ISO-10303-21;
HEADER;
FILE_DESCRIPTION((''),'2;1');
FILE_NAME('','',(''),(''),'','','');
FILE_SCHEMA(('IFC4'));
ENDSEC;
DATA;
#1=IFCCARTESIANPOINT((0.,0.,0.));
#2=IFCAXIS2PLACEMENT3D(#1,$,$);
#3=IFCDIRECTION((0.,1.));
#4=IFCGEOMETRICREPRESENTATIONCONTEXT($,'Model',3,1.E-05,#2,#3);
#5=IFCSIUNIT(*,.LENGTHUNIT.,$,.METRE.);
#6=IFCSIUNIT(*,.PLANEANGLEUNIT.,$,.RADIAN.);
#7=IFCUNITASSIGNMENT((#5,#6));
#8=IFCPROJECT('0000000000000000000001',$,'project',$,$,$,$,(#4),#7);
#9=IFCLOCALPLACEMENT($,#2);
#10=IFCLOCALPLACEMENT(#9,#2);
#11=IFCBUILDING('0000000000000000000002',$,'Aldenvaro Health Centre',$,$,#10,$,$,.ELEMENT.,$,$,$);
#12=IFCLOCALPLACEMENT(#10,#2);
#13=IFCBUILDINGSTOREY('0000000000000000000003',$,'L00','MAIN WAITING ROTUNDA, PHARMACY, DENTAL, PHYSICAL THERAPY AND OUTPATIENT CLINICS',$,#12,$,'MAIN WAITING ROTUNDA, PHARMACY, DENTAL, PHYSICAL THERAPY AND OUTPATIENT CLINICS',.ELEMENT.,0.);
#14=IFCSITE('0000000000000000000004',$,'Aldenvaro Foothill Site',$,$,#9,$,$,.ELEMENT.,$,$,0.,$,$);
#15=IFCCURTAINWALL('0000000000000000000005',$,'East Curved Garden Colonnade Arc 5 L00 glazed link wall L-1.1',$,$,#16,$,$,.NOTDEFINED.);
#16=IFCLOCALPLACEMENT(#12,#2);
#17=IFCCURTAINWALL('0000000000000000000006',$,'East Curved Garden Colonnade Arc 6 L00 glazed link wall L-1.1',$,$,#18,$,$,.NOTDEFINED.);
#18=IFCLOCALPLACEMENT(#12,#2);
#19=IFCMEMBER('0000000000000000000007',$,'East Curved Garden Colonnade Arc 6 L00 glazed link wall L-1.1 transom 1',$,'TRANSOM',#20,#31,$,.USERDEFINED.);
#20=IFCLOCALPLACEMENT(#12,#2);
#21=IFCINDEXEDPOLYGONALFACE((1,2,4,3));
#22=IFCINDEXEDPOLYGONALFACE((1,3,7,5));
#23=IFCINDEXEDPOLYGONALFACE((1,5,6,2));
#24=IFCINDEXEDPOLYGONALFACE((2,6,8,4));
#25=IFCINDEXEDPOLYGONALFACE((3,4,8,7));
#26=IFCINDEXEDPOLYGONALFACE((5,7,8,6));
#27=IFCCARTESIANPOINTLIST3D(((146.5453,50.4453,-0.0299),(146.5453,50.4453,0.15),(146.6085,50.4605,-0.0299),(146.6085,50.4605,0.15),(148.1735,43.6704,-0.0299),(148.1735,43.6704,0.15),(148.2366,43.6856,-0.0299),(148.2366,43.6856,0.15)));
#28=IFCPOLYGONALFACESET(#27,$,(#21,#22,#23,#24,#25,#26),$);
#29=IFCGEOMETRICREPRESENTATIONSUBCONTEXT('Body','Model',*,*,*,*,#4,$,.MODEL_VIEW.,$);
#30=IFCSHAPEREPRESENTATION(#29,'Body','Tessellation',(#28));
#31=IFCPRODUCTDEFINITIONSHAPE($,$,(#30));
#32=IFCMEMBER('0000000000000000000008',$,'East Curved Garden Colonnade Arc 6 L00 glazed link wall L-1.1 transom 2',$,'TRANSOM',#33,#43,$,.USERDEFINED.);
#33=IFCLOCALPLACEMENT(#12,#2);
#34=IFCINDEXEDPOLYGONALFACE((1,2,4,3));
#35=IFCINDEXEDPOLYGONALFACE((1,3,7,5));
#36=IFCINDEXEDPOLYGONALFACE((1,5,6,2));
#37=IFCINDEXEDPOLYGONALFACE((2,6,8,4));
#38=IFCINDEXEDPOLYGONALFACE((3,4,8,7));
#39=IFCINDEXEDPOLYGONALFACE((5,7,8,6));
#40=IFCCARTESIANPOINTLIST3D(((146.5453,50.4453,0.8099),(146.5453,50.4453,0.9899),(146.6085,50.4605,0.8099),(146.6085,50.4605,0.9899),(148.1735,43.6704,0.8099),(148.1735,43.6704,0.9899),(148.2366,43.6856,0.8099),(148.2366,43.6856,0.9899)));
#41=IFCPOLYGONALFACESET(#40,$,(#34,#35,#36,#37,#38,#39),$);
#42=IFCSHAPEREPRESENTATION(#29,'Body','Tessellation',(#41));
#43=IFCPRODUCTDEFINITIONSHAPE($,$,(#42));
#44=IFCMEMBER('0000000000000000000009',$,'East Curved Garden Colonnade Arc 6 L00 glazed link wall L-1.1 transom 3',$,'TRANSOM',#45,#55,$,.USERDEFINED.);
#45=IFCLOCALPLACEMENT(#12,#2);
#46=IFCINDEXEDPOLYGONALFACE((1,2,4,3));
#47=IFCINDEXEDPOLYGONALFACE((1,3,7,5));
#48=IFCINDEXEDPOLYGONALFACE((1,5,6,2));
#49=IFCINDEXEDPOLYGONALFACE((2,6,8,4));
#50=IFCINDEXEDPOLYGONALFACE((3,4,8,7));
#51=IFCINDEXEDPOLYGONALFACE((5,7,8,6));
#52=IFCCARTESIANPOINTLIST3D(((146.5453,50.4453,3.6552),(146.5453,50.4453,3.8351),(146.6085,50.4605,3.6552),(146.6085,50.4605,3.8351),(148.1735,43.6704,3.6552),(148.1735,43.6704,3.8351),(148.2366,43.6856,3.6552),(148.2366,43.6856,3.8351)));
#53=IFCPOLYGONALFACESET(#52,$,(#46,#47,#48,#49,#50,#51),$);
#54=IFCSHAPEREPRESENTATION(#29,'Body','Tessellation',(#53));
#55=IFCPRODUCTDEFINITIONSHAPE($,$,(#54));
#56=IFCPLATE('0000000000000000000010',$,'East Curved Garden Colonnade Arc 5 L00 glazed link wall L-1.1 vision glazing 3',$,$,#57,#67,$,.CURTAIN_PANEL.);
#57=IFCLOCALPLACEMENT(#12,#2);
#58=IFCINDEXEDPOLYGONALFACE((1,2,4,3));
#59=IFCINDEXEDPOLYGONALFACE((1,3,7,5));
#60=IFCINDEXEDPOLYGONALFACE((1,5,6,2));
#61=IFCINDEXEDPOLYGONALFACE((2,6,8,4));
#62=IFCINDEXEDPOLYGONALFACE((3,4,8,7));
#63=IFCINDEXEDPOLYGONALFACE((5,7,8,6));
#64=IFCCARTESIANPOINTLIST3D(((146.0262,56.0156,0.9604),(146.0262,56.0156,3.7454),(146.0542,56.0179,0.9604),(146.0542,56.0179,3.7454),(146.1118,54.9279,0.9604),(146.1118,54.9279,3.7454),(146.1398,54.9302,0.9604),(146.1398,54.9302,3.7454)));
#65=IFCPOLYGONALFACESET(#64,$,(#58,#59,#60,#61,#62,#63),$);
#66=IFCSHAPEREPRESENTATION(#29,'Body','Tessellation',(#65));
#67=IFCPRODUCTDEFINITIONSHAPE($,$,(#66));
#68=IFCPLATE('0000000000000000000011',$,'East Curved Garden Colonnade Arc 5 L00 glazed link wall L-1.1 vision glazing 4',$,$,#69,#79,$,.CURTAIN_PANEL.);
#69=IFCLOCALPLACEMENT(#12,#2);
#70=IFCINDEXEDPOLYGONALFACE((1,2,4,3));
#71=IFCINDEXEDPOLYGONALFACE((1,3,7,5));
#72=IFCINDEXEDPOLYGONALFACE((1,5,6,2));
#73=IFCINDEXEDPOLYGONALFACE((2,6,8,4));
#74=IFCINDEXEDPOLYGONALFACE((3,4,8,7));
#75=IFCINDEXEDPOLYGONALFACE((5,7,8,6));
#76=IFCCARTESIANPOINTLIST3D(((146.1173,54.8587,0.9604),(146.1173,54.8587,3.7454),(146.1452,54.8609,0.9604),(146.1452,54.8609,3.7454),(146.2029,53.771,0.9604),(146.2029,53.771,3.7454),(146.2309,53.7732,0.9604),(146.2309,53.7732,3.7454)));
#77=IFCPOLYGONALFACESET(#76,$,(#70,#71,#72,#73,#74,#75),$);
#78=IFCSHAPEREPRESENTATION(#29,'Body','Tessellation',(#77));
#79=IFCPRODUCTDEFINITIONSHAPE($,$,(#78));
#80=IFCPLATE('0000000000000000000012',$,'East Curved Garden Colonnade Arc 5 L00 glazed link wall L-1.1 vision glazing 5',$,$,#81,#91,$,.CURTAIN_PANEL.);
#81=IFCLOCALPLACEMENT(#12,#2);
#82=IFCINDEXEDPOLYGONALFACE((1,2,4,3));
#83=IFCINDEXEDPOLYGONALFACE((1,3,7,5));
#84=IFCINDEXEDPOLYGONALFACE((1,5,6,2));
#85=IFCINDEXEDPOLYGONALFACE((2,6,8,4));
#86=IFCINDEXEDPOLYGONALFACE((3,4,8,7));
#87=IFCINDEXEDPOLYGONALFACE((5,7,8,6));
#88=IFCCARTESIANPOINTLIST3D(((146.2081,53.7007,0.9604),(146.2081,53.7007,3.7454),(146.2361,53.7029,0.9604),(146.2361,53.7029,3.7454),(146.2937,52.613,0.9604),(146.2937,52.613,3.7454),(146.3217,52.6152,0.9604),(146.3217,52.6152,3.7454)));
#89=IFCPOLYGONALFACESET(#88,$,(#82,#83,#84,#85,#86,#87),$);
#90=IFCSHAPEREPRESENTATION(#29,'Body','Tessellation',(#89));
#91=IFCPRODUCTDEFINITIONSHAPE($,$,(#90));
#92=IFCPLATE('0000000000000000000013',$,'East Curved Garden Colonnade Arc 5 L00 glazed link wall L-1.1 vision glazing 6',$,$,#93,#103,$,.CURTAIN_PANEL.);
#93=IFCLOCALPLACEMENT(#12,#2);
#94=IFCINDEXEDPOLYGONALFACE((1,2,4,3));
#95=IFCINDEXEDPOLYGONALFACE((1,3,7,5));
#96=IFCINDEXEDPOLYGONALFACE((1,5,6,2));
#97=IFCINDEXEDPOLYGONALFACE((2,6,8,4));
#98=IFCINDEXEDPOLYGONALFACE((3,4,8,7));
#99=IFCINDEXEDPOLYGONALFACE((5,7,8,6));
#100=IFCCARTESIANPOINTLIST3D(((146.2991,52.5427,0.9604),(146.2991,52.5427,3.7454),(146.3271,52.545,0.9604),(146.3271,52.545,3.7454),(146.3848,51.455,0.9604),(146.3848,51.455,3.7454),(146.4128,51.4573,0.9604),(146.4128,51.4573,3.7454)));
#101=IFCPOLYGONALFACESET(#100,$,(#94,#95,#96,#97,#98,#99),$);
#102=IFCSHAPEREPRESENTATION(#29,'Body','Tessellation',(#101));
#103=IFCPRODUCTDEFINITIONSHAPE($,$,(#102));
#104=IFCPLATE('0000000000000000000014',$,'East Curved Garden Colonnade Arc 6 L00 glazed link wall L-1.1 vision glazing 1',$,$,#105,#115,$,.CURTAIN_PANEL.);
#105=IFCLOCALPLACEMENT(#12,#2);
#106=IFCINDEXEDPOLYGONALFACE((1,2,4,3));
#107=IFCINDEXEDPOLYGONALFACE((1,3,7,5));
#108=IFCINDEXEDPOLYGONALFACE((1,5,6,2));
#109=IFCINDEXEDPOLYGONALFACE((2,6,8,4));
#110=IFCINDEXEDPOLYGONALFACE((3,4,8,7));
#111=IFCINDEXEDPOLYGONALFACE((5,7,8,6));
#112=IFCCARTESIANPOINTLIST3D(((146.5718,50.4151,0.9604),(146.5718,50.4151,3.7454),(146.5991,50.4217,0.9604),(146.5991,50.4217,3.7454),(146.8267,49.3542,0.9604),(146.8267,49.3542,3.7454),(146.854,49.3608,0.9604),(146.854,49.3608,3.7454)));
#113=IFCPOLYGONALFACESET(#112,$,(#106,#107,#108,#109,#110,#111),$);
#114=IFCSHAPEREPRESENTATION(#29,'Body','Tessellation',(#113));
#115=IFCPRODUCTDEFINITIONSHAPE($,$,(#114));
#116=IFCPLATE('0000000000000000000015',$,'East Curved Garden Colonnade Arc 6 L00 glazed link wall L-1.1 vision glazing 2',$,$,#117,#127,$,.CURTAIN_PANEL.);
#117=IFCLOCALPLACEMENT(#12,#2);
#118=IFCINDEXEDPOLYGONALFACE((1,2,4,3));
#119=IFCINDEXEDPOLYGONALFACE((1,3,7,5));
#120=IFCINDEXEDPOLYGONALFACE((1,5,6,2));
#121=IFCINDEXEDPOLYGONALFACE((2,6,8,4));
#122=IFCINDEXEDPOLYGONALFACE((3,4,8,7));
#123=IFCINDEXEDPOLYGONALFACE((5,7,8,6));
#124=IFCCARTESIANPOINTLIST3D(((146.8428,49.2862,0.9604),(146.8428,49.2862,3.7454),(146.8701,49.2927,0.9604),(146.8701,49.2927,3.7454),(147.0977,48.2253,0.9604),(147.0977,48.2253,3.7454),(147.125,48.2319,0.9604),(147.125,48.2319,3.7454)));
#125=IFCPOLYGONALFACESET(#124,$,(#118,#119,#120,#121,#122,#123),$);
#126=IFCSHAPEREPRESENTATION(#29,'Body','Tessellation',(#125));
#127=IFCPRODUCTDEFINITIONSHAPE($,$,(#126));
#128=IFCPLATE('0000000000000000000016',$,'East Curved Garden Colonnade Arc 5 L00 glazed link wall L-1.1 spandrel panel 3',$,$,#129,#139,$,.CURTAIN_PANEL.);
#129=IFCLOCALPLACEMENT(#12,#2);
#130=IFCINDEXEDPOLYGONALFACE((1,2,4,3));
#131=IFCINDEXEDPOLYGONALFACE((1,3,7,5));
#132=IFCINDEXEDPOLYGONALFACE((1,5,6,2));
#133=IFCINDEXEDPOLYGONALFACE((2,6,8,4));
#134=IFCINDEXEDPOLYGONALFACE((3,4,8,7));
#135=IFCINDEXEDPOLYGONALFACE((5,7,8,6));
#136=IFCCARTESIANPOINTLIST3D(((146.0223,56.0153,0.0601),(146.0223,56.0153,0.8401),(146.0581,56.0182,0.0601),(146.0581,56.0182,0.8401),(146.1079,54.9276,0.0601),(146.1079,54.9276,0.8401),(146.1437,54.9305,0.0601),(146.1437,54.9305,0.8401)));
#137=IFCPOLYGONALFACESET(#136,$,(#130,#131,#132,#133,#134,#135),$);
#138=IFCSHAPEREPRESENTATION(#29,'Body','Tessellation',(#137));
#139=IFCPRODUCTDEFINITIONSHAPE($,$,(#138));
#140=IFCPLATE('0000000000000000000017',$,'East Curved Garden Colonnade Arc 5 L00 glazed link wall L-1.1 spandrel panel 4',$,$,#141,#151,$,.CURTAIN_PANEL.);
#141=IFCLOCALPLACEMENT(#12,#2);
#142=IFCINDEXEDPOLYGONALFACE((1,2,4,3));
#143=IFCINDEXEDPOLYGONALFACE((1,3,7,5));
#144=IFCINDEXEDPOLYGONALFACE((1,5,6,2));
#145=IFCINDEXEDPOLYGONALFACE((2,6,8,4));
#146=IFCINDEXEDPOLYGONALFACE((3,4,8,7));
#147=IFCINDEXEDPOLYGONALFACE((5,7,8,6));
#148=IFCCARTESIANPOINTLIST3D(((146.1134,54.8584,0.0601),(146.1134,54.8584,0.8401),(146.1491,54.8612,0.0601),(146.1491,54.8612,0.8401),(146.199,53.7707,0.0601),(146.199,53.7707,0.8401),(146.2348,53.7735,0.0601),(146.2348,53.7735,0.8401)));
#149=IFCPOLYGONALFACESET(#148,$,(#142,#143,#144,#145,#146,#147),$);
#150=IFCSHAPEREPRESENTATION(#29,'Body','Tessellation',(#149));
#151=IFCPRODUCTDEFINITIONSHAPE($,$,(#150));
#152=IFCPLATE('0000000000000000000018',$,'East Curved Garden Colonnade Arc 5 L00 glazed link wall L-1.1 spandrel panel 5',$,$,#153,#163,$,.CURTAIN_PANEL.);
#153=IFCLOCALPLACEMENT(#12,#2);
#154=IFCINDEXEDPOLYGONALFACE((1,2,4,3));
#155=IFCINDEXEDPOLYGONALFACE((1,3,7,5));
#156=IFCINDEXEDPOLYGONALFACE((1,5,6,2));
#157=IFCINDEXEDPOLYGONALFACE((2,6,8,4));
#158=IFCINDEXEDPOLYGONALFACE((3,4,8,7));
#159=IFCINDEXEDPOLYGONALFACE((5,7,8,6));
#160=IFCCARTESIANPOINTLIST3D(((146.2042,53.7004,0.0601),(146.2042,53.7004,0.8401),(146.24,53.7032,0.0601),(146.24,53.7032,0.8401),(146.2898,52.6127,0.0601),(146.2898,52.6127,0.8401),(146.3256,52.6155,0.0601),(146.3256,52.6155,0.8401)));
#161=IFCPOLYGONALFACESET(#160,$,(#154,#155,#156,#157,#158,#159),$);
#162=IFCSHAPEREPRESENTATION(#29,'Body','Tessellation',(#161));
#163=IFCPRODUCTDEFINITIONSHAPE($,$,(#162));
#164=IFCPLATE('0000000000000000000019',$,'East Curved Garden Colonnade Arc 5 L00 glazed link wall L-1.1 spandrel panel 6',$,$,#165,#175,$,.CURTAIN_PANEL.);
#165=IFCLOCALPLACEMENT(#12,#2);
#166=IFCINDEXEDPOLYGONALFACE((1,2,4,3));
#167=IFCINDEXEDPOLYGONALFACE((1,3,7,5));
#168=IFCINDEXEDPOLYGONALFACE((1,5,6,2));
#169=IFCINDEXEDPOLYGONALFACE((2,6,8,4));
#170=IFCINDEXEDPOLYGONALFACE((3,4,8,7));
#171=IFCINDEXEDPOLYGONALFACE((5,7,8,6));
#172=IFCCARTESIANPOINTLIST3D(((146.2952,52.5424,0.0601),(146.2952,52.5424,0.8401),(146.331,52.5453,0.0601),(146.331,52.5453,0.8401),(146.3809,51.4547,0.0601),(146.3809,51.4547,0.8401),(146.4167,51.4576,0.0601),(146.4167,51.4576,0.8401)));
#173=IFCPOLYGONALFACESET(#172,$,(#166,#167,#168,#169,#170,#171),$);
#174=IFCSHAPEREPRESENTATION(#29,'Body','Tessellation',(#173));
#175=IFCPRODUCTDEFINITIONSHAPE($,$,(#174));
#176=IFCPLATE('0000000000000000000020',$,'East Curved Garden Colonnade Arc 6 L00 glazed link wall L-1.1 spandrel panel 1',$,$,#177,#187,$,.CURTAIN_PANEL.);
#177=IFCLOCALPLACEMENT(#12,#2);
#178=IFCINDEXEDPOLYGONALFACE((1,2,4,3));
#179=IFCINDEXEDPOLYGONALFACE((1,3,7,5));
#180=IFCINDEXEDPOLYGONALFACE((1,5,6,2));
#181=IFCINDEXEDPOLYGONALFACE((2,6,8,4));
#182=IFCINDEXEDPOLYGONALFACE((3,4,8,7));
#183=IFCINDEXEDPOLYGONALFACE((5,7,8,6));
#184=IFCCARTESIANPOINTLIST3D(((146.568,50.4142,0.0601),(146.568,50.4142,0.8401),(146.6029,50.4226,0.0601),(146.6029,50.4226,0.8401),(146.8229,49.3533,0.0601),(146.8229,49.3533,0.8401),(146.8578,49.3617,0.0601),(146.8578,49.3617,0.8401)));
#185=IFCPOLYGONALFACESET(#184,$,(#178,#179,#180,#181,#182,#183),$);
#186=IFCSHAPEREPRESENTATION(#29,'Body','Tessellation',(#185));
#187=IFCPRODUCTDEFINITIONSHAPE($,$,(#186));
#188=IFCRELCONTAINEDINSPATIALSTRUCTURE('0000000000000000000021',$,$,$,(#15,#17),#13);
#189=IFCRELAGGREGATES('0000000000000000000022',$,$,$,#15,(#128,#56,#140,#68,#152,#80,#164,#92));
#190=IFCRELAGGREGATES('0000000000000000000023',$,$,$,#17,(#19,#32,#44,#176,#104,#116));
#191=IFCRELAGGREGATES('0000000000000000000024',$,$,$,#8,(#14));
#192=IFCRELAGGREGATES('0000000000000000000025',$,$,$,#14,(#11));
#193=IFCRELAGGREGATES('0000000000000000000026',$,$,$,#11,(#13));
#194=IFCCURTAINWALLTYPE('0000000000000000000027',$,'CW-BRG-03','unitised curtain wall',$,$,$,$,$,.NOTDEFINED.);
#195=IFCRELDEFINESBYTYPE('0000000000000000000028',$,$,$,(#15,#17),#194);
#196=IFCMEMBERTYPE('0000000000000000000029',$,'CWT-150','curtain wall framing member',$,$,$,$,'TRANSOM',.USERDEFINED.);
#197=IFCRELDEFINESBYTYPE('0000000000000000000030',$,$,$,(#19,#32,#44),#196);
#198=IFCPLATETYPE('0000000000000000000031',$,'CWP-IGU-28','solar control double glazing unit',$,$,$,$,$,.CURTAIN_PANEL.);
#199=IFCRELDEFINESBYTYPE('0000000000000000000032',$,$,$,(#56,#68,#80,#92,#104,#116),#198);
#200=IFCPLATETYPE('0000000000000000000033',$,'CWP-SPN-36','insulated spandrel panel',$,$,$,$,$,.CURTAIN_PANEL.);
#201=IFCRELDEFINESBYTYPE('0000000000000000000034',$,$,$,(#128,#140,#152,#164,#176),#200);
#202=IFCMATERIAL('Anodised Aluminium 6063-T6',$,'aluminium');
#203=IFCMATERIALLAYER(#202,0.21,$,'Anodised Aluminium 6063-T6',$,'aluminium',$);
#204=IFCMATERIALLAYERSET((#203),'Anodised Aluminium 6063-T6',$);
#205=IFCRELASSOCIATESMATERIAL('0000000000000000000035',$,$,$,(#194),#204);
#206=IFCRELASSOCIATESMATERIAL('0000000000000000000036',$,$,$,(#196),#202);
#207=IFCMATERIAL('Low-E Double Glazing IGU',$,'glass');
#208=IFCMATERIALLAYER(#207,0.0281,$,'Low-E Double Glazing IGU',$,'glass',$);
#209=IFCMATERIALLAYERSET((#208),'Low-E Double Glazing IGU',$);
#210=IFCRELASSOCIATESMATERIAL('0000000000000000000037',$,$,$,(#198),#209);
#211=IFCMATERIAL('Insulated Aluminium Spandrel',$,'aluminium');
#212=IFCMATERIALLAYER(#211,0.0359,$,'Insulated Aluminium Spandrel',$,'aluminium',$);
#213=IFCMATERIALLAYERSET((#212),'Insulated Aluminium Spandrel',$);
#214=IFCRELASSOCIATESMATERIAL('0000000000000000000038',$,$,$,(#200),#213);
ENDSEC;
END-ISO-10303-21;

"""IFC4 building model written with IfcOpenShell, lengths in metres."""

from ifc_helpers import new_model, si_unit, direction, frame, origin, origin_2d, place, context, subcontext, project, spatial, rectangle, extrude, material, layer, layer_set, material_profile, profile_set, type_object, element, aggregate, save


model = new_model("IFC4")

# Units and contexts
model_context = context("Model", 3, precision=1e-05, world=origin(), true_north=direction((0.0, 1.0)))
body_context = subcontext(model_context, "Body", "Model", "MODEL_VIEW")
ifc_project = project(units=[si_unit("LENGTHUNIT", "METRE"), si_unit("PLANEANGLEUNIT", "RADIAN")], contexts=[model_context])

# Site, building, storey
site_placement = place(None, origin())
site = spatial("IfcSite", under=ifc_project, at=site_placement, Name="Aldenvaro Foothill Site", CompositionType="ELEMENT", RefElevation=0.0)
building_placement = place(site_placement, origin())
building = spatial("IfcBuilding", under=site, at=building_placement, Name="Aldenvaro Health Centre", CompositionType="ELEMENT")
storey_placement = place(building_placement, origin())
storey = spatial("IfcBuildingStorey", under=building, at=storey_placement, Name="L00", Description="MAIN WAITING ROTUNDA, PHARMACY, DENTAL, PHYSICAL THERAPY AND OUTPATIENT CLINICS", LongName="MAIN WAITING ROTUNDA, PHARMACY, DENTAL, PHYSICAL THERAPY AND OUTPATIENT CLINICS", CompositionType="ELEMENT", Elevation=0.0)

# Curtain walls, members
ifc_material_1 = material(Name="Anodised Aluminium 6063-T6", Category="aluminium")
ifc_layer_1 = layer(ifc_material_1, 0.21, Name="Anodised Aluminium 6063-T6", Category="aluminium")
ifc_layer_set_1 = layer_set([ifc_layer_1], Name="Anodised Aluminium 6063-T6")
curtain_wall_type = type_object("IfcCurtainWallType", Name="CW-BRG-03", Description="unitised curtain wall", PredefinedType="NOTDEFINED", material=ifc_layer_set_1)
curtain_wall_1_placement = place(storey_placement, origin())
curtain_wall_1 = element("IfcCurtainWall", 1, at=curtain_wall_1_placement, inside=storey, type_object=curtain_wall_type, Name="East Curved Garden Colonnade Arc 5 L00 glazed link wall L-1.1", PredefinedType="NOTDEFINED")
curtain_wall_2_placement = place(storey_placement, origin())
curtain_wall_2 = element("IfcCurtainWall", 2, at=curtain_wall_2_placement, inside=storey, type_object=curtain_wall_type, Name="East Curved Garden Colonnade Arc 6 L00 glazed link wall L-1.1", PredefinedType="NOTDEFINED")
ifc_material_profile_1 = material_profile(ifc_material_1, rectangle(XDim=0.0649, YDim=0.1799, at=origin_2d()), Name="ALU 65x180", Category="aluminium")
ifc_profile_set_1 = profile_set([ifc_material_profile_1], Name="Anodised Aluminium 6063-T6")
member_type_1 = type_object("IfcMemberType", Name="CWT-150", Description="curtain wall framing member", ElementType="TRANSOM", PredefinedType="USERDEFINED", material=ifc_profile_set_1)
member_1_placement = place(storey_placement, frame((146.5769, 50.4529, 0.0601), z_axis=(0.233671, -0.972316, 0.0), x_axis=(0.972316, 0.233671, 0.0)))
member_1 = element("IfcMember", 3, at=member_1_placement, type_object=member_type_1, Name="East Curved Garden Colonnade Arc 6 L00 glazed link wall L-1.1 transom 1", ObjectType="TRANSOM", PredefinedType="USERDEFINED", context=body_context, shape_type="SweptSolid", body=[
    extrude(rectangle(XDim=0.0649, YDim=0.1799, at=origin_2d()), origin(), (0.0, 0.0, 1.0), 6.9678),
])
member_2_placement = place(storey_placement, frame((146.5769, 50.4529, 0.8999), z_axis=(0.233671, -0.972316, 0.0), x_axis=(0.972316, 0.233671, 0.0)))
member_2 = element("IfcMember", 4, at=member_2_placement, type_object=member_type_1, Name="East Curved Garden Colonnade Arc 6 L00 glazed link wall L-1.1 transom 2", ObjectType="TRANSOM", PredefinedType="USERDEFINED", context=body_context, shape_type="SweptSolid", body=[
    extrude(rectangle(XDim=0.0649, YDim=0.1799, at=origin_2d()), origin(), (0.0, 0.0, 1.0), 6.9678),
])
member_3_placement = place(storey_placement, frame((146.5769, 50.4529, 3.7451), z_axis=(0.233671, -0.972316, 0.0), x_axis=(0.972316, 0.233671, 0.0)))
member_3 = element("IfcMember", 5, at=member_3_placement, type_object=member_type_1, Name="East Curved Garden Colonnade Arc 6 L00 glazed link wall L-1.1 transom 3", ObjectType="TRANSOM", PredefinedType="USERDEFINED", context=body_context, shape_type="SweptSolid", body=[
    extrude(rectangle(XDim=0.0649, YDim=0.1799, at=origin_2d()), origin(), (0.0, 0.0, 1.0), 6.9678),
])

# Plates
ifc_material_2 = material(Name="Low-E Double Glazing IGU", Category="glass")
ifc_layer_2 = layer(ifc_material_2, 0.0281, Name="Low-E Double Glazing IGU", Category="glass")
ifc_layer_set_2 = layer_set([ifc_layer_2], Name="Low-E Double Glazing IGU")
plate_type_1 = type_object("IfcPlateType", Name="CWP-IGU-28", Description="solar control double glazing unit", PredefinedType="CURTAIN_PANEL", material=ifc_layer_set_2)
plate_1_placement = place(storey_placement, frame((146.083, 55.4729, 0.9604), z_axis=(0.0, 0.0, 1.0), x_axis=(0.078496, -0.996914, 0.0)))
plate_1 = element("IfcPlate", 6, at=plate_1_placement, type_object=plate_type_1, Name="East Curved Garden Colonnade Arc 5 L00 glazed link wall L-1.1 vision glazing 3", PredefinedType="CURTAIN_PANEL", context=body_context, shape_type="SweptSolid", body=[
    extrude(rectangle(XDim=1.0911, YDim=0.0281, at=origin_2d()), origin(), (0.0, 0.0, 1.0), 2.7849),
])
plate_2_placement = place(storey_placement, frame((146.1741, 54.3159, 0.9604), z_axis=(0.0, 0.0, 1.0), x_axis=(0.078496, -0.996914, 0.0)))
plate_2 = element("IfcPlate", 7, at=plate_2_placement, type_object=plate_type_1, Name="East Curved Garden Colonnade Arc 5 L00 glazed link wall L-1.1 vision glazing 4", PredefinedType="CURTAIN_PANEL", context=body_context, shape_type="SweptSolid", body=[
    extrude(rectangle(XDim=1.0911, YDim=0.0281, at=origin_2d()), origin(), (0.0, 0.0, 1.0), 2.7849),
])
plate_3_placement = place(storey_placement, frame((146.2649, 53.158, 0.9604), z_axis=(0.0, 0.0, 1.0), x_axis=(0.078496, -0.996914, 0.0)))
plate_3 = element("IfcPlate", 8, at=plate_3_placement, type_object=plate_type_1, Name="East Curved Garden Colonnade Arc 5 L00 glazed link wall L-1.1 vision glazing 5", PredefinedType="CURTAIN_PANEL", context=body_context, shape_type="SweptSolid", body=[
    extrude(rectangle(XDim=1.0911, YDim=0.0281, at=origin_2d()), origin(), (0.0, 0.0, 1.0), 2.7849),
])
plate_4_placement = place(storey_placement, frame((146.356, 52.0, 0.9604), z_axis=(0.0, 0.0, 1.0), x_axis=(0.078496, -0.996914, 0.0)))
plate_4 = element("IfcPlate", 9, at=plate_4_placement, type_object=plate_type_1, Name="East Curved Garden Colonnade Arc 5 L00 glazed link wall L-1.1 vision glazing 6", PredefinedType="CURTAIN_PANEL", context=body_context, shape_type="SweptSolid", body=[
    extrude(rectangle(XDim=1.0911, YDim=0.0281, at=origin_2d()), origin(), (0.0, 0.0, 1.0), 2.7849),
])
plate_5_placement = place(storey_placement, frame((146.7129, 49.8879, 0.9604), z_axis=(0.0, 0.0, 1.0), x_axis=(0.233644, -0.972322, 0.0)))
plate_5 = element("IfcPlate", 10, at=plate_5_placement, type_object=plate_type_1, Name="East Curved Garden Colonnade Arc 6 L00 glazed link wall L-1.1 vision glazing 1", PredefinedType="CURTAIN_PANEL", context=body_context, shape_type="SweptSolid", body=[
    extrude(rectangle(XDim=1.0911, YDim=0.0281, at=origin_2d()), origin(), (0.0, 0.0, 1.0), 2.7849),
])
plate_6_placement = place(storey_placement, frame((146.9839, 48.759, 0.9604), z_axis=(0.0, 0.0, 1.0), x_axis=(0.233644, -0.972322, 0.0)))
plate_6 = element("IfcPlate", 11, at=plate_6_placement, type_object=plate_type_1, Name="East Curved Garden Colonnade Arc 6 L00 glazed link wall L-1.1 vision glazing 2", PredefinedType="CURTAIN_PANEL", context=body_context, shape_type="SweptSolid", body=[
    extrude(rectangle(XDim=1.0911, YDim=0.0281, at=origin_2d()), origin(), (0.0, 0.0, 1.0), 2.7849),
])
ifc_material_3 = material(Name="Insulated Aluminium Spandrel", Category="aluminium")
ifc_layer_3 = layer(ifc_material_3, 0.0359, Name="Insulated Aluminium Spandrel", Category="aluminium")
ifc_layer_set_3 = layer_set([ifc_layer_3], Name="Insulated Aluminium Spandrel")
plate_type_2 = type_object("IfcPlateType", Name="CWP-SPN-36", Description="insulated spandrel panel", PredefinedType="CURTAIN_PANEL", material=ifc_layer_set_3)
plate_7_placement = place(storey_placement, frame((146.083, 55.4729, 0.0601), z_axis=(0.0, 0.0, 1.0), x_axis=(0.078496, -0.996914, 0.0)))
plate_7 = element("IfcPlate", 12, at=plate_7_placement, type_object=plate_type_2, Name="East Curved Garden Colonnade Arc 5 L00 glazed link wall L-1.1 spandrel panel 3", PredefinedType="CURTAIN_PANEL", context=body_context, shape_type="SweptSolid", body=[
    extrude(rectangle(XDim=1.0911, YDim=0.0359, at=origin_2d()), origin(), (0.0, 0.0, 1.0), 0.78),
])
plate_8_placement = place(storey_placement, frame((146.1741, 54.3159, 0.0601), z_axis=(0.0, 0.0, 1.0), x_axis=(0.078496, -0.996914, 0.0)))
plate_8 = element("IfcPlate", 13, at=plate_8_placement, type_object=plate_type_2, Name="East Curved Garden Colonnade Arc 5 L00 glazed link wall L-1.1 spandrel panel 4", PredefinedType="CURTAIN_PANEL", context=body_context, shape_type="SweptSolid", body=[
    extrude(rectangle(XDim=1.0911, YDim=0.0359, at=origin_2d()), origin(), (0.0, 0.0, 1.0), 0.78),
])
plate_9_placement = place(storey_placement, frame((146.2649, 53.158, 0.0601), z_axis=(0.0, 0.0, 1.0), x_axis=(0.078496, -0.996914, 0.0)))
plate_9 = element("IfcPlate", 14, at=plate_9_placement, type_object=plate_type_2, Name="East Curved Garden Colonnade Arc 5 L00 glazed link wall L-1.1 spandrel panel 5", PredefinedType="CURTAIN_PANEL", context=body_context, shape_type="SweptSolid", body=[
    extrude(rectangle(XDim=1.0911, YDim=0.0359, at=origin_2d()), origin(), (0.0, 0.0, 1.0), 0.78),
])
plate_10_placement = place(storey_placement, frame((146.356, 52.0, 0.0601), z_axis=(0.0, 0.0, 1.0), x_axis=(0.078496, -0.996914, 0.0)))
plate_10 = element("IfcPlate", 15, at=plate_10_placement, type_object=plate_type_2, Name="East Curved Garden Colonnade Arc 5 L00 glazed link wall L-1.1 spandrel panel 6", PredefinedType="CURTAIN_PANEL", context=body_context, shape_type="SweptSolid", body=[
    extrude(rectangle(XDim=1.0911, YDim=0.0359, at=origin_2d()), origin(), (0.0, 0.0, 1.0), 0.78),
])
aggregate(curtain_wall_1, [plate_7, plate_1, plate_8, plate_2, plate_9, plate_3, plate_10, plate_4])
plate_11_placement = place(storey_placement, frame((146.7129, 49.8879, 0.0601), z_axis=(0.0, 0.0, 1.0), x_axis=(0.233644, -0.972322, 0.0)))
plate_11 = element("IfcPlate", 16, at=plate_11_placement, type_object=plate_type_2, Name="East Curved Garden Colonnade Arc 6 L00 glazed link wall L-1.1 spandrel panel 1", PredefinedType="CURTAIN_PANEL", context=body_context, shape_type="SweptSolid", body=[
    extrude(rectangle(XDim=1.0911, YDim=0.0359, at=origin_2d()), origin(), (0.0, 0.0, 1.0), 0.78),
])
aggregate(curtain_wall_2, [member_1, member_2, member_3, plate_11, plate_5, plate_6])

save(model, "model.ifc")
